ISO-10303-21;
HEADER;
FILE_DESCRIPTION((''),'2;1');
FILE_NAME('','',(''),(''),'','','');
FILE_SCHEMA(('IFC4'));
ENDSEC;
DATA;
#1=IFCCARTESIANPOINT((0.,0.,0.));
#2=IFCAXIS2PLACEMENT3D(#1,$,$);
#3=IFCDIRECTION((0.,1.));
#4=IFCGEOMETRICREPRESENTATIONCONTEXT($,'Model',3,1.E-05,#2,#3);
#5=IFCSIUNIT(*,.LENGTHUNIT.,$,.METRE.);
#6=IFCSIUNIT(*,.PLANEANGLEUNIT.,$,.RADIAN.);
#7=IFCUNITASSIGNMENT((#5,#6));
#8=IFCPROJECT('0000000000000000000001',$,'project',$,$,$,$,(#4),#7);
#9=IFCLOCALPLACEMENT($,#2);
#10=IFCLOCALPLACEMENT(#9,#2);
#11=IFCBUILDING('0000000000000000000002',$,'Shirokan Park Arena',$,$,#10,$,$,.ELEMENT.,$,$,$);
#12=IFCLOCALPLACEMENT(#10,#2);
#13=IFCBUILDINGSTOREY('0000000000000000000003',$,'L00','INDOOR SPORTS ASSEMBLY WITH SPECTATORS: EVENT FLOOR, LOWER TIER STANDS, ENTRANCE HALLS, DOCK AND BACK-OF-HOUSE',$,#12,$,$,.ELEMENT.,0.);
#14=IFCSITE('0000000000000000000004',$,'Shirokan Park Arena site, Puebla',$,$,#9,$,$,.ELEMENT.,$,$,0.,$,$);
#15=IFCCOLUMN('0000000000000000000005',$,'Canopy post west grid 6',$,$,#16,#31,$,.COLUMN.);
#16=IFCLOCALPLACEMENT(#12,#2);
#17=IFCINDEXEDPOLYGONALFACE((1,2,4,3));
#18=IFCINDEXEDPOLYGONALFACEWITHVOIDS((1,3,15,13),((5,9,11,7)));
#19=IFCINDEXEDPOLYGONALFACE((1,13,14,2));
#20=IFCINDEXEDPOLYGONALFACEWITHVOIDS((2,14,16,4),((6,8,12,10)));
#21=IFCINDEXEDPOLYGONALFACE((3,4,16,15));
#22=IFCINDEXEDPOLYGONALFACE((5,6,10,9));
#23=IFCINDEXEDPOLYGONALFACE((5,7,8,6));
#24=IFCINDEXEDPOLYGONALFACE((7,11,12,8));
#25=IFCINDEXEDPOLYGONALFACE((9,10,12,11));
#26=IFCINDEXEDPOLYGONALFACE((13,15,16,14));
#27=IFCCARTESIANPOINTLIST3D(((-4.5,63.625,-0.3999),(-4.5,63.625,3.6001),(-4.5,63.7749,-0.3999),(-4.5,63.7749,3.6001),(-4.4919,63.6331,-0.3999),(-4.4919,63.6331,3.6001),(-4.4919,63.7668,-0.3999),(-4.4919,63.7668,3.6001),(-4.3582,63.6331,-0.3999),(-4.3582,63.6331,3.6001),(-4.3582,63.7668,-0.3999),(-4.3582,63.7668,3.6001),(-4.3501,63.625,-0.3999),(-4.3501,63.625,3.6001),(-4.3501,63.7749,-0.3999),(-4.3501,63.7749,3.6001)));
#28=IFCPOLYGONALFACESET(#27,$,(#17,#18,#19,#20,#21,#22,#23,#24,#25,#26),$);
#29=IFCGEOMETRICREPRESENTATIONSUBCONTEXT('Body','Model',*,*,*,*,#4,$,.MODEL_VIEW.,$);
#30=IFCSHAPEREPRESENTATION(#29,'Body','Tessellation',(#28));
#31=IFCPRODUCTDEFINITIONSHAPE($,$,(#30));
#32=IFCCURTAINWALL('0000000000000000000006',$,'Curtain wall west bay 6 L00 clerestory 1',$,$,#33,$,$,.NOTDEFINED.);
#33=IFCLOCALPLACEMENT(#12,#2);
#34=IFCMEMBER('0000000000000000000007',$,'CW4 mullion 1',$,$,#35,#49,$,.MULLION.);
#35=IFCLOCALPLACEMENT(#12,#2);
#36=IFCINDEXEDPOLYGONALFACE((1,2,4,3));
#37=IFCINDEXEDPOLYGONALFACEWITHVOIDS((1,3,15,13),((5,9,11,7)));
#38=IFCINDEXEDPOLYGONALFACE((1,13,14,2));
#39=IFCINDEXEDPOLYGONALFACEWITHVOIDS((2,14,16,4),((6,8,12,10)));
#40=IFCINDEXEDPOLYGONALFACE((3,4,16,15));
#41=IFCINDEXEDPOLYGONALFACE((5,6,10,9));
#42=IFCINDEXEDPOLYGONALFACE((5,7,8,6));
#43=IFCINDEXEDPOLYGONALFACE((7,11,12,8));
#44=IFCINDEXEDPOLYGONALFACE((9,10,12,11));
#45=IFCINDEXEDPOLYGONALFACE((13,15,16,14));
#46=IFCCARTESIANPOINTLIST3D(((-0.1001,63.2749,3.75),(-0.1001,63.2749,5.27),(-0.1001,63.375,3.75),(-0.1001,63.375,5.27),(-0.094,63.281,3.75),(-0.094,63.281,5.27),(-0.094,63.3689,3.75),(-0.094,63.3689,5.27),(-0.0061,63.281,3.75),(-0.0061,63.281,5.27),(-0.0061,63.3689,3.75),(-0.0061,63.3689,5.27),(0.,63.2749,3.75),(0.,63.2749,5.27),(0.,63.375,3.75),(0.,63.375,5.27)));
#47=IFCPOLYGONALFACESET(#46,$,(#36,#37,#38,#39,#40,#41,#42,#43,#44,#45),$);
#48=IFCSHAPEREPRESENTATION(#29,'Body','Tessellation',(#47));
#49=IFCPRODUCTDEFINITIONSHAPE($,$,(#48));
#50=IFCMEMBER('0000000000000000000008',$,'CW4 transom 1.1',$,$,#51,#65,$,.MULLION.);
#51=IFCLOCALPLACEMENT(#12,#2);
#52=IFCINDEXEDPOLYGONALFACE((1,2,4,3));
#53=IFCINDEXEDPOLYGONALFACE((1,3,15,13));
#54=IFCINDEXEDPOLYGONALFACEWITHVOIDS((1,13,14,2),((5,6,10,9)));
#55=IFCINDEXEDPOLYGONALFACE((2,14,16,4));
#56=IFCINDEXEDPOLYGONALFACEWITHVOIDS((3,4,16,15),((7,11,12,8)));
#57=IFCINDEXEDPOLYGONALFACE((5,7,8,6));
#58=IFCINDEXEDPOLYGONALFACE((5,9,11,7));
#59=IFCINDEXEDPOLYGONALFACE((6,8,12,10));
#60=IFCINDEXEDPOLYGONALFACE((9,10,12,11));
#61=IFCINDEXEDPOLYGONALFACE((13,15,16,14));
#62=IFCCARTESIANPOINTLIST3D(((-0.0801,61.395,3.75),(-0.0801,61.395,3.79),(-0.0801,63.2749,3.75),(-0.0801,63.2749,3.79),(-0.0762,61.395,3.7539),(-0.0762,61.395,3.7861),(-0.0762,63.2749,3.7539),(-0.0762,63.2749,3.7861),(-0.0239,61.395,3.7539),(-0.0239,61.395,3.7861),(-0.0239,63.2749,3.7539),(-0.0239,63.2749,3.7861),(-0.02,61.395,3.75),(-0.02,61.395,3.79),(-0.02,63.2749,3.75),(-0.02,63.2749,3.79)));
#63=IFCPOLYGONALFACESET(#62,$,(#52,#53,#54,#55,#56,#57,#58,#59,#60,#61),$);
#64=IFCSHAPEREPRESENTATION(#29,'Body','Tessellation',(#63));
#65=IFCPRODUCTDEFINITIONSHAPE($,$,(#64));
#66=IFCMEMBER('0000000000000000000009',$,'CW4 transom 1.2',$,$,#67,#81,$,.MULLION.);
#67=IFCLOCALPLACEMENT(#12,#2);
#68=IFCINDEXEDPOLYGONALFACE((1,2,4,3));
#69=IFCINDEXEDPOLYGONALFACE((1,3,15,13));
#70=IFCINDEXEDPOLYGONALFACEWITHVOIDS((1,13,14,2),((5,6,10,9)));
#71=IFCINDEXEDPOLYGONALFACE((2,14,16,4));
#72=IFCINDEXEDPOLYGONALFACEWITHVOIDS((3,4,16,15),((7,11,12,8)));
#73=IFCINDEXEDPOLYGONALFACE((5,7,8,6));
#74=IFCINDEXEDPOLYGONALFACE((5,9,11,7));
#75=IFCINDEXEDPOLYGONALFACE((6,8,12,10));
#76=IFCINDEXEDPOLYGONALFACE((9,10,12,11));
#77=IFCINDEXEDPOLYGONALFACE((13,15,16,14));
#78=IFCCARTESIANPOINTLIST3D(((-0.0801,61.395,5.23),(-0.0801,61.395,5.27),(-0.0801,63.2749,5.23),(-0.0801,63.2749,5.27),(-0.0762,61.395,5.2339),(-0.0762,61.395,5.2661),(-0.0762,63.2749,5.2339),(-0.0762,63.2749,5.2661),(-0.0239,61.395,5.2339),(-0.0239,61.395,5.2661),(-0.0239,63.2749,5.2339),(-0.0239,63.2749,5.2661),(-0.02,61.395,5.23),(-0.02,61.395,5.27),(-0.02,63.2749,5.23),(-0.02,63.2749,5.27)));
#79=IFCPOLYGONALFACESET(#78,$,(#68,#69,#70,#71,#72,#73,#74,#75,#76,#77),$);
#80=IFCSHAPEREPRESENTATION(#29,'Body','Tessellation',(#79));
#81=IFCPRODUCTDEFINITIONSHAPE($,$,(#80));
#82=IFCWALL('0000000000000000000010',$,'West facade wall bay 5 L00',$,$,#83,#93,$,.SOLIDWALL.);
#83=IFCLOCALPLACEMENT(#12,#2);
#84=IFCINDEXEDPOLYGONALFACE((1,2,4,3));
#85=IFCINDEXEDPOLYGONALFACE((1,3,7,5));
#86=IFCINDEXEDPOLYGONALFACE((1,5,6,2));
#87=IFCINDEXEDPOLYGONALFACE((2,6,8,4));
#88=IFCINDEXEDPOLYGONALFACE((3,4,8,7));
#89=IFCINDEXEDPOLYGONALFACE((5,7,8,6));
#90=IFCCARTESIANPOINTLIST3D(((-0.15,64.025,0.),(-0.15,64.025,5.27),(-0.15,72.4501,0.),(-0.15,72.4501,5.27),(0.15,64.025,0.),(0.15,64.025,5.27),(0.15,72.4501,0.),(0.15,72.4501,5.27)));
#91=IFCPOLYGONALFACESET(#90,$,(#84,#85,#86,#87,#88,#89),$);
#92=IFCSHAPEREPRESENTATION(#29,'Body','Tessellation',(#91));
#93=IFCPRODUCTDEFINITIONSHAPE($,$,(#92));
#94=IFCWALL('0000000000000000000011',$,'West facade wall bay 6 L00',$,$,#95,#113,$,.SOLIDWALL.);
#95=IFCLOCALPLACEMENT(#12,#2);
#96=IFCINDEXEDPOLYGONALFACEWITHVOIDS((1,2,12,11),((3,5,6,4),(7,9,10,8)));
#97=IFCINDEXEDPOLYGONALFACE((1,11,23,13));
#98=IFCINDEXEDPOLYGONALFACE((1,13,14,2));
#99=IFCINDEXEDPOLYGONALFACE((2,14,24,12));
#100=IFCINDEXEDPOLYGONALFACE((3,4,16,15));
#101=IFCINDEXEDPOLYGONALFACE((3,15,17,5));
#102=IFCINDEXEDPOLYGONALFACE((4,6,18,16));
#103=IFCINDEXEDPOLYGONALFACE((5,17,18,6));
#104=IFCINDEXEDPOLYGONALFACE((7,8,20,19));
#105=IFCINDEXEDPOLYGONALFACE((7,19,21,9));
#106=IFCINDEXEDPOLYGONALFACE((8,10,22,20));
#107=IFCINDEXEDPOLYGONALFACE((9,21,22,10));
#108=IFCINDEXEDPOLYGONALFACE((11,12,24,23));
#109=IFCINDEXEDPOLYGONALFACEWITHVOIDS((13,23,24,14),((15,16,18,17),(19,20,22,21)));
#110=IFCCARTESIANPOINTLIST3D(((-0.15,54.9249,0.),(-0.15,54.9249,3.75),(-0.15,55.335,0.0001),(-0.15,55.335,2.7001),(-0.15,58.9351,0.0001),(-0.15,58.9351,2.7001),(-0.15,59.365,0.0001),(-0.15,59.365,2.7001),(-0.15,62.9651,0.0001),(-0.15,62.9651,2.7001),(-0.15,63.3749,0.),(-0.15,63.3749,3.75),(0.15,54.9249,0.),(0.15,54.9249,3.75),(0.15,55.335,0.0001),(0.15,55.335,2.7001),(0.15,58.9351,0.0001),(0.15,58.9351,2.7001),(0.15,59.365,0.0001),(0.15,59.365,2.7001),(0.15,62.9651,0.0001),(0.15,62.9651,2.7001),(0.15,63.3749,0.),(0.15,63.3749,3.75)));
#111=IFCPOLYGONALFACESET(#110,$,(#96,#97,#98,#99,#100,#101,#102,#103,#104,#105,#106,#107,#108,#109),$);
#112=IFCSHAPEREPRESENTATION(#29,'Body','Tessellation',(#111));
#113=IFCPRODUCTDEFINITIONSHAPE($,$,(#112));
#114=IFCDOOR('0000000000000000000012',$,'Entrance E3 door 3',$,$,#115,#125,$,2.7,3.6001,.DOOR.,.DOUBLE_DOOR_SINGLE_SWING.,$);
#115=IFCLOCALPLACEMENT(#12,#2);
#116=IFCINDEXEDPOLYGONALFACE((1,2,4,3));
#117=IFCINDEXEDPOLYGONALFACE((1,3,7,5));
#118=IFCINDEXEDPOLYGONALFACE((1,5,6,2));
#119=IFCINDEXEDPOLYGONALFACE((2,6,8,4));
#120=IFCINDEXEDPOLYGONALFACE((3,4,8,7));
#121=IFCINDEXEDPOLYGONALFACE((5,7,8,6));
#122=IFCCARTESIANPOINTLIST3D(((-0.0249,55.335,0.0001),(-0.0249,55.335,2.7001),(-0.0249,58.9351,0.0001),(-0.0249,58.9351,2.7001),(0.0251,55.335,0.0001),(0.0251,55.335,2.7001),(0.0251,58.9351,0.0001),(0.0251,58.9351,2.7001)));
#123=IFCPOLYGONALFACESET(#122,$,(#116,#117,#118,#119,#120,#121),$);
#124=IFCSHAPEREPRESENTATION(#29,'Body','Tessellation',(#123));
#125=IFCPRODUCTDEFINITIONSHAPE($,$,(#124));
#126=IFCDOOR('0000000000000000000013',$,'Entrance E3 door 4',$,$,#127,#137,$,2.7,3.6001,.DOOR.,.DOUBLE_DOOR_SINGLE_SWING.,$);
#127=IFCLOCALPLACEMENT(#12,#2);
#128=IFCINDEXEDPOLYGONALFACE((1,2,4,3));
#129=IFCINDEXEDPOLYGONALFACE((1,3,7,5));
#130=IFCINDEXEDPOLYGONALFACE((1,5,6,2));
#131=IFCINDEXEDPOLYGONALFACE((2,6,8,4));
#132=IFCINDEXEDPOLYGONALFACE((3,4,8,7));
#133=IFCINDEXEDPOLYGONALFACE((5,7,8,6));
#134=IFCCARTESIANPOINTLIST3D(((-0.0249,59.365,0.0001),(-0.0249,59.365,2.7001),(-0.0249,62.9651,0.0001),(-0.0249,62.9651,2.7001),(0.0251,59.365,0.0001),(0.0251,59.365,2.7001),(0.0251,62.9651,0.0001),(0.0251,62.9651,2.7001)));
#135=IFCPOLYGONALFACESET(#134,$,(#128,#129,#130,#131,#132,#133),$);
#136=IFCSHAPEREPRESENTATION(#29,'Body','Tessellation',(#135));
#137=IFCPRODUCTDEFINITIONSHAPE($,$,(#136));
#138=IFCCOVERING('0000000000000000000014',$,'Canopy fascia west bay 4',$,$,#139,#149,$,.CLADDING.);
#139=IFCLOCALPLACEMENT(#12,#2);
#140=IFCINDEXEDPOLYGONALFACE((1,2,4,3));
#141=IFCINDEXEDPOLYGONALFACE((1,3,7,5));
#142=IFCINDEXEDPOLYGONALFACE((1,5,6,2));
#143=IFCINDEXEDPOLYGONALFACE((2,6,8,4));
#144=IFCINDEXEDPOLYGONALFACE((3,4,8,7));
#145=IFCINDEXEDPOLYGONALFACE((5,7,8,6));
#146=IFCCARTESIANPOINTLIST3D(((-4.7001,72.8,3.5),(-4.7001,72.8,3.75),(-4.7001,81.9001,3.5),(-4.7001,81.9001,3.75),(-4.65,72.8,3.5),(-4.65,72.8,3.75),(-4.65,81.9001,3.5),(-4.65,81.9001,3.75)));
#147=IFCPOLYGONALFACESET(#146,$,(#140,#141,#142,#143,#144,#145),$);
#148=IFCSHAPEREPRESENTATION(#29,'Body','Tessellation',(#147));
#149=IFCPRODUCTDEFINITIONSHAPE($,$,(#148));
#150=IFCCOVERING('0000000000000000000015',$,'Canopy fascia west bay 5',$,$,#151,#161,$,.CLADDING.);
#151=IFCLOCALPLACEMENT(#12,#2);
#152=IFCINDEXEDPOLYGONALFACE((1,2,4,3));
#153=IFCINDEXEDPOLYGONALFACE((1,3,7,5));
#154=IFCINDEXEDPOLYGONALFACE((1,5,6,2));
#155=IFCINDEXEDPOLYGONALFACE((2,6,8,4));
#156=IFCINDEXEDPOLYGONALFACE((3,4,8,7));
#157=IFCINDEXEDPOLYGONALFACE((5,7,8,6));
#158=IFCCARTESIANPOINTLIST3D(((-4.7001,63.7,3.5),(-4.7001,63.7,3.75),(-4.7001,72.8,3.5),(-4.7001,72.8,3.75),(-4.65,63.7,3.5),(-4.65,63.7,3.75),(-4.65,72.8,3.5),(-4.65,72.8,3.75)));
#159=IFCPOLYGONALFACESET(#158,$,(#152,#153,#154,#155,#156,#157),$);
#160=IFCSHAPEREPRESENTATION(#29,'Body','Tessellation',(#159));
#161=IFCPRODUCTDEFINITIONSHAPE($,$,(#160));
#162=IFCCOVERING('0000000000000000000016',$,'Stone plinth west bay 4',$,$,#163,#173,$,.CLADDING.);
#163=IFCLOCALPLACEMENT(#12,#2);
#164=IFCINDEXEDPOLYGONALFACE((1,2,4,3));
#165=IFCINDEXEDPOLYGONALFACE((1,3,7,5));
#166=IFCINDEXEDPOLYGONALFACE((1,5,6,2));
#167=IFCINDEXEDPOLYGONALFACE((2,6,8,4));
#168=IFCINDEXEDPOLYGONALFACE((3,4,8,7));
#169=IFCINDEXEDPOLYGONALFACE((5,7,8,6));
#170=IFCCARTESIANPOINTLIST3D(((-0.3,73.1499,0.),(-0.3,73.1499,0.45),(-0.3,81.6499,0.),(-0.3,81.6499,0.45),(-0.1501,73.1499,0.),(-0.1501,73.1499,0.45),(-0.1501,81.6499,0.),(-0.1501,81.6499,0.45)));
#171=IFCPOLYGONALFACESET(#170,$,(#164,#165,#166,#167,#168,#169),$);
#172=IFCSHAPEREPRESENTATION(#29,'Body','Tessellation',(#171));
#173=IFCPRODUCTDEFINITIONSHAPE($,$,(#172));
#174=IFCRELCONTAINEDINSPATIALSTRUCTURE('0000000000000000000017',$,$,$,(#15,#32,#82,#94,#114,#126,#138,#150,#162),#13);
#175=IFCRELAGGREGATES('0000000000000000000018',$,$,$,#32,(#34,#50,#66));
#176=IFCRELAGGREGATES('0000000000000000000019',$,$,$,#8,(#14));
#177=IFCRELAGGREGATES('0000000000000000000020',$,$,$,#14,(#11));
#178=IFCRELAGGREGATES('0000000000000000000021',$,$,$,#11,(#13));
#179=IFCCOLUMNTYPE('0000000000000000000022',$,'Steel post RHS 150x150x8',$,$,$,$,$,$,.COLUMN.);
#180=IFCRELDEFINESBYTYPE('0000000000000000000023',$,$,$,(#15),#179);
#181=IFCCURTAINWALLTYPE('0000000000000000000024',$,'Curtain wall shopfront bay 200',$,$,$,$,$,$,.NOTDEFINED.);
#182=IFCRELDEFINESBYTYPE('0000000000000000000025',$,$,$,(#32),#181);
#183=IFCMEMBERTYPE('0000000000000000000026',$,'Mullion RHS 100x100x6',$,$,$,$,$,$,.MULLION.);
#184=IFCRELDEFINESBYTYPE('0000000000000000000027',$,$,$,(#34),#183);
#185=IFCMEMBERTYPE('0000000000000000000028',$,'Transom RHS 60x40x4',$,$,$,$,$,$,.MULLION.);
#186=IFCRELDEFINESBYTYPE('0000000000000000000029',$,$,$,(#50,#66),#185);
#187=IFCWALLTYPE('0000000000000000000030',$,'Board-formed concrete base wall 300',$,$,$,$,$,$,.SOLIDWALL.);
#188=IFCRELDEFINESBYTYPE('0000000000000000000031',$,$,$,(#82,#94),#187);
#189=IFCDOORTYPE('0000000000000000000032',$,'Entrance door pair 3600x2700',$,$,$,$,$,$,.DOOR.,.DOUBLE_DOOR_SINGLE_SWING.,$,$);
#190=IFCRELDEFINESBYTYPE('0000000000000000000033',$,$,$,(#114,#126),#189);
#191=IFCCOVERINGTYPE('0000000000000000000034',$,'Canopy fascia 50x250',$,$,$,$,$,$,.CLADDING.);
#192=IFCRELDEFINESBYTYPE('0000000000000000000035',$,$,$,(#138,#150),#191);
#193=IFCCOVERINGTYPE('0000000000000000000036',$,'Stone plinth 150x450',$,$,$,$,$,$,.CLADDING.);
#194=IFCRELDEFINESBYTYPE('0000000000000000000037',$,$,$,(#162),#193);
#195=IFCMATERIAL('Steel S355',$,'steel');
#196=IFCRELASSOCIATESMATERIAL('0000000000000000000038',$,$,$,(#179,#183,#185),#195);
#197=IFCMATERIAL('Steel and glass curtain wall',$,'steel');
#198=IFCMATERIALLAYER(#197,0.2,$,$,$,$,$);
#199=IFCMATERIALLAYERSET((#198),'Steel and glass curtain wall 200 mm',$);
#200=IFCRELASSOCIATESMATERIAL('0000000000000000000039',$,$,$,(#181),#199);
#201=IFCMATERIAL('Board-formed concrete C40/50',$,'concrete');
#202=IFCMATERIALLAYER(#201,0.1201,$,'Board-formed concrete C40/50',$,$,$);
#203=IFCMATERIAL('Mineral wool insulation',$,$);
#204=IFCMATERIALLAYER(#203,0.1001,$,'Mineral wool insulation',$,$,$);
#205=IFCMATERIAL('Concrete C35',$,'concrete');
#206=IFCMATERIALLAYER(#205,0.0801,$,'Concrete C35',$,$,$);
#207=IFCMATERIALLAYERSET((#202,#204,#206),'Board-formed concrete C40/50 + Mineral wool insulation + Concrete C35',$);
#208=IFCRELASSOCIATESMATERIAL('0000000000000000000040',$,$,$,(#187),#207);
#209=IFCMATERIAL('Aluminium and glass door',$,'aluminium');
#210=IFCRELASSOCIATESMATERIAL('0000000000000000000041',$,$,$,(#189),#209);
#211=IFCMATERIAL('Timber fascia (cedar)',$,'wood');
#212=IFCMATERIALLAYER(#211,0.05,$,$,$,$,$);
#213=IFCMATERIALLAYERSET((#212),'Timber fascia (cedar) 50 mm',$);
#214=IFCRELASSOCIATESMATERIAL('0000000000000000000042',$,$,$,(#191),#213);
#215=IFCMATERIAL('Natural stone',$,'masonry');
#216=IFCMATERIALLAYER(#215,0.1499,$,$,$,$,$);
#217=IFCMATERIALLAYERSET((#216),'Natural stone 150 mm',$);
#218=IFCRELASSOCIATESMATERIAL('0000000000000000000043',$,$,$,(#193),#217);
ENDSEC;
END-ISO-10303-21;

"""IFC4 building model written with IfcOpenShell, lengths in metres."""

from ifc_helpers import new_model, si_unit, direction, frame, frame_2d, origin, origin_2d, place, context, subcontext, project, spatial, rectangle, hollow_rectangle, extrude, material, layer, layer_set, material_profile, profile_set, type_object, element, fill, aggregate, save


model = new_model("IFC4")

# Units and contexts
model_context = context("Model", 3, precision=1e-05, world=origin(), true_north=direction((0.0, 1.0)))
body_context = subcontext(model_context, "Body", "Model", "MODEL_VIEW")
ifc_project = project(units=[si_unit("LENGTHUNIT", "METRE"), si_unit("PLANEANGLEUNIT", "RADIAN")], contexts=[model_context])

# Site, building, storey
site_placement = place(None, origin())
site = spatial("IfcSite", under=ifc_project, at=site_placement, Name="Shirokan Park Arena site, Puebla", CompositionType="ELEMENT", RefElevation=0.0)
building_placement = place(site_placement, origin())
building = spatial("IfcBuilding", under=site, at=building_placement, Name="Shirokan Park Arena", CompositionType="ELEMENT")
storey_placement = place(building_placement, origin())
storey = spatial("IfcBuildingStorey", under=building, at=storey_placement, Name="L00", Description="INDOOR SPORTS ASSEMBLY WITH SPECTATORS: EVENT FLOOR, LOWER TIER STANDS, ENTRANCE HALLS, DOCK AND BACK-OF-HOUSE", CompositionType="ELEMENT", Elevation=0.0)

# Column
ifc_material_1 = material(Name="Concrete C35", Category="concrete")
ifc_material_2 = material(Name="Steel S355", Category="steel")
ifc_material_profile_1 = material_profile(ifc_material_2, hollow_rectangle(XDim=0.1499, YDim=0.1499, WallThickness=0.0081, at=origin_2d()), Name="RHS 150x150x8")
ifc_profile_set_1 = profile_set([ifc_material_profile_1], Name="Steel S355")
column_type_1 = type_object("IfcColumnType", Name="Steel post RHS 150x150x8", PredefinedType="COLUMN", material=ifc_profile_set_1)
for number, where, z_axis, x_axis, name in (
    (1, (-4.425, 63.7, -0.3999), (0.0, 0.0, 1.0), (1.0, 0.0, 0.0), "Canopy post west grid 6"),
):
    element("IfcColumn", number, at=place(storey_placement, frame(where, z_axis=z_axis, x_axis=x_axis)), inside=storey, type_object=column_type_1, Name=name, PredefinedType="COLUMN", context=body_context, shape_type="SweptSolid", body=[
        extrude(hollow_rectangle(XDim=0.1499, YDim=0.1499, WallThickness=0.0081, at=origin_2d()), origin(), (0.0, 0.0, 1.0), 4.0),
    ])

# Curtain wall, members
ifc_material_3 = material(Name="Steel and glass curtain wall", Category="steel")
ifc_layer_1 = layer(ifc_material_3, 0.2)
ifc_layer_set_1 = layer_set([ifc_layer_1], Name="Steel and glass curtain wall 200 mm")
curtain_wall_type = type_object("IfcCurtainWallType", Name="Curtain wall shopfront bay 200", PredefinedType="NOTDEFINED", material=ifc_layer_set_1)
curtain_wall_placement = place(storey_placement, origin())
curtain_wall = element("IfcCurtainWall", 2, at=curtain_wall_placement, inside=storey, type_object=curtain_wall_type, Name="Curtain wall west bay 6 L00 clerestory 1", PredefinedType="NOTDEFINED")
ifc_material_profile_2 = material_profile(ifc_material_2, hollow_rectangle(XDim=0.1001, YDim=0.1001, WallThickness=0.0061, at=origin_2d()), Name="RHS 100x100x6")
ifc_profile_set_2 = profile_set([ifc_material_profile_2], Name="Steel S355")
member_type_1 = type_object("IfcMemberType", Name="Mullion RHS 100x100x6", PredefinedType="MULLION", material=ifc_profile_set_2)
member_1_placement = place(storey_placement, frame((-0.05, 63.325, 3.75), z_axis=(0.0, 0.0, 1.0), x_axis=(1.0, 0.0, 0.0)))
member_1 = element("IfcMember", 3, at=member_1_placement, type_object=member_type_1, Name="CW4 mullion 1", PredefinedType="MULLION", context=body_context, shape_type="SweptSolid", body=[
    extrude(hollow_rectangle(XDim=0.1001, YDim=0.1001, WallThickness=0.0061, at=origin_2d()), origin(), (0.0, 0.0, 1.0), 1.52),
])
ifc_material_profile_3 = material_profile(ifc_material_2, hollow_rectangle(XDim=0.0601, YDim=0.04, WallThickness=0.0039, at=origin_2d()), Name="RHS 60x40x4")
ifc_profile_set_3 = profile_set([ifc_material_profile_3], Name="Steel S355")
member_type_2 = type_object("IfcMemberType", Name="Transom RHS 60x40x4", PredefinedType="MULLION", material=ifc_profile_set_3)
member_2_placement = place(storey_placement, frame((-0.05, 63.2749, 3.77), z_axis=(0.0, -1.0, 0.0), x_axis=(1.0, 0.0, 0.0)))
member_2 = element("IfcMember", 4, at=member_2_placement, type_object=member_type_2, Name="CW4 transom 1.1", PredefinedType="MULLION", context=body_context, shape_type="SweptSolid", body=[
    extrude(hollow_rectangle(XDim=0.0601, YDim=0.04, WallThickness=0.0039, at=origin_2d()), origin(), (0.0, 0.0, 1.0), 1.8799),
])
member_3_placement = place(storey_placement, frame((-0.05, 63.2749, 5.25), z_axis=(0.0, -1.0, 0.0), x_axis=(1.0, 0.0, 0.0)))
member_3 = element("IfcMember", 5, at=member_3_placement, type_object=member_type_2, Name="CW4 transom 1.2", PredefinedType="MULLION", context=body_context, shape_type="SweptSolid", body=[
    extrude(hollow_rectangle(XDim=0.0601, YDim=0.04, WallThickness=0.0039, at=origin_2d()), origin(), (0.0, 0.0, 1.0), 1.8799),
])
aggregate(curtain_wall, [member_1, member_2, member_3])

# Wall
ifc_material_4 = material(Name="Board-formed concrete C40/50", Category="concrete")
ifc_layer_2 = layer(ifc_material_4, 0.1201, Name="Board-formed concrete C40/50")
ifc_material_5 = material(Name="Mineral wool insulation")
ifc_layer_3 = layer(ifc_material_5, 0.1001, Name="Mineral wool insulation")
ifc_layer_4 = layer(ifc_material_1, 0.0801, Name="Concrete C35")
ifc_layer_set_2 = layer_set([ifc_layer_2, ifc_layer_3, ifc_layer_4], Name="Board-formed concrete C40/50 + Mineral wool insulation + Concrete C35")
wall_type = type_object("IfcWallType", Name="Board-formed concrete base wall 300", PredefinedType="SOLIDWALL", material=ifc_layer_set_2)
wall_1_placement = place(storey_placement, frame((0.0, 72.45, 0.0), z_axis=(0.0, 0.0, 1.0), x_axis=(0.0, -1.0, 0.0)))
element("IfcWall", 6, at=wall_1_placement, inside=storey, type_object=wall_type, Name="West facade wall bay 5 L00", PredefinedType="SOLIDWALL", context=body_context, shape_type="SweptSolid", body=[
    extrude(rectangle(XDim=8.425, YDim=0.3, at=frame_2d((4.2124, 0.0))), origin(), (0.0, 0.0, 1.0), 5.27),
])

# Wall, openings, doors
wall_2_placement = place(storey_placement, frame((0.0, 63.375, 0.0), z_axis=(0.0, 0.0, 1.0), x_axis=(0.0, -1.0, 0.0)))
wall_2 = element("IfcWall", 7, at=wall_2_placement, inside=storey, type_object=wall_type, Name="West facade wall bay 6 L00", PredefinedType="SOLIDWALL", context=body_context, shape_type="SweptSolid", body=[
    extrude(rectangle(XDim=8.45, YDim=0.3, at=frame_2d((4.2251, 0.0))), origin(), (0.0, 0.0, 1.0), 3.75),
])
opening_1_placement = place(wall_2_placement, frame((4.4399, 0.0, 0.0)))
opening_1 = element("IfcOpeningElement", 8, at=opening_1_placement, cuts=wall_2, PredefinedType="OPENING", context=body_context, shape_type="SweptSolid", body=[
    extrude(rectangle(XDim=3.6001, YDim=2.7, at=frame_2d((1.8, 1.3501))), frame((0.0, 0.1599, 0.0), z_axis=(0.0, -1.0, 0.0), x_axis=(1.0, 0.0, 0.0)), (0.0, 0.0, 1.0), 0.3201),
])
opening_2_placement = place(wall_2_placement, frame((0.4099, 0.0, 0.0)))
opening_2 = element("IfcOpeningElement", 9, at=opening_2_placement, cuts=wall_2, PredefinedType="OPENING", context=body_context, shape_type="SweptSolid", body=[
    extrude(rectangle(XDim=3.6001, YDim=2.7, at=frame_2d((1.8, 1.3501))), frame((0.0, 0.1599, 0.0), z_axis=(0.0, -1.0, 0.0), x_axis=(1.0, 0.0, 0.0)), (0.0, 0.0, 1.0), 0.3201),
])
ifc_material_6 = material(Name="Aluminium and glass door", Category="aluminium")
door_type = type_object("IfcDoorType", Name="Entrance door pair 3600x2700", OperationType="DOUBLE_DOOR_SINGLE_SWING", PredefinedType="DOOR", material=ifc_material_6)
door_1_placement = place(opening_1_placement, frame((3.6001, 0.0, 0.0), z_axis=(0.0, 0.0, 1.0), x_axis=(-1.0, 0.0, 0.0)))
door_1 = element("IfcDoor", 10, at=door_1_placement, inside=storey, type_object=door_type, Name="Entrance E3 door 3", OperationType="DOUBLE_DOOR_SINGLE_SWING", OverallHeight=2.7, OverallWidth=3.6001, PredefinedType="DOOR", context=body_context, shape_type="SweptSolid", body=[
    extrude(rectangle(XDim=3.6001, YDim=2.7, at=frame_2d((1.8, 1.3501))), frame((0.0, 0.0249, 0.0), z_axis=(0.0, -1.0, 0.0), x_axis=(1.0, 0.0, 0.0)), (0.0, 0.0, 1.0), 0.05),
])
fill(opening_1, door_1)
door_2_placement = place(opening_2_placement, frame((3.6001, 0.0, 0.0), z_axis=(0.0, 0.0, 1.0), x_axis=(-1.0, 0.0, 0.0)))
door_2 = element("IfcDoor", 11, at=door_2_placement, inside=storey, type_object=door_type, Name="Entrance E3 door 4", OperationType="DOUBLE_DOOR_SINGLE_SWING", OverallHeight=2.7, OverallWidth=3.6001, PredefinedType="DOOR", context=body_context, shape_type="SweptSolid", body=[
    extrude(rectangle(XDim=3.6001, YDim=2.7, at=frame_2d((1.8, 1.3501))), frame((0.0, 0.0249, 0.0), z_axis=(0.0, -1.0, 0.0), x_axis=(1.0, 0.0, 0.0)), (0.0, 0.0, 1.0), 0.05),
])
fill(opening_2, door_2)

# Coverings
ifc_material_7 = material(Name="Timber fascia (cedar)", Category="wood")
ifc_layer_5 = layer(ifc_material_7, 0.05)
ifc_layer_set_3 = layer_set([ifc_layer_5], Name="Timber fascia (cedar) 50 mm")
covering_type_1 = type_object("IfcCoveringType", Name="Canopy fascia 50x250", PredefinedType="CLADDING", material=ifc_layer_set_3)
for number, where, z_axis, x_axis, name in (
    (12, (-4.675, 77.3501, 3.5), (0.0, 0.0, 1.0), (0.0, -1.0, 0.0), "Canopy fascia west bay 4"),
    (13, (-4.675, 68.25, 3.5), (0.0, 0.0, 1.0), (0.0, -1.0, 0.0), "Canopy fascia west bay 5"),
):
    element("IfcCovering", number, at=place(storey_placement, frame(where, z_axis=z_axis, x_axis=x_axis)), inside=storey, type_object=covering_type_1, Name=name, PredefinedType="CLADDING", context=body_context, shape_type="SweptSolid", body=[
        extrude(rectangle(XDim=9.1001, YDim=0.05, at=origin_2d()), origin(), (0.0, 0.0, 1.0), 0.25),
    ])
ifc_material_8 = material(Name="Natural stone", Category="masonry")
ifc_layer_6 = layer(ifc_material_8, 0.1499)
ifc_layer_set_4 = layer_set([ifc_layer_6], Name="Natural stone 150 mm")
covering_type_2 = type_object("IfcCoveringType", Name="Stone plinth 150x450", PredefinedType="CLADDING", material=ifc_layer_set_4)
covering_1_placement = place(storey_placement, frame((-0.2251, 77.3999, 0.0), z_axis=(0.0, 0.0, 1.0), x_axis=(0.0, -1.0, 0.0)))
element("IfcCovering", 14, at=covering_1_placement, inside=storey, type_object=covering_type_2, Name="Stone plinth west bay 4", PredefinedType="CLADDING", context=body_context, shape_type="SweptSolid", body=[
    extrude(rectangle(XDim=8.5, YDim=0.1499, at=origin_2d()), origin(), (0.0, 0.0, 1.0), 0.45),
])

save(model, "model.ifc")
